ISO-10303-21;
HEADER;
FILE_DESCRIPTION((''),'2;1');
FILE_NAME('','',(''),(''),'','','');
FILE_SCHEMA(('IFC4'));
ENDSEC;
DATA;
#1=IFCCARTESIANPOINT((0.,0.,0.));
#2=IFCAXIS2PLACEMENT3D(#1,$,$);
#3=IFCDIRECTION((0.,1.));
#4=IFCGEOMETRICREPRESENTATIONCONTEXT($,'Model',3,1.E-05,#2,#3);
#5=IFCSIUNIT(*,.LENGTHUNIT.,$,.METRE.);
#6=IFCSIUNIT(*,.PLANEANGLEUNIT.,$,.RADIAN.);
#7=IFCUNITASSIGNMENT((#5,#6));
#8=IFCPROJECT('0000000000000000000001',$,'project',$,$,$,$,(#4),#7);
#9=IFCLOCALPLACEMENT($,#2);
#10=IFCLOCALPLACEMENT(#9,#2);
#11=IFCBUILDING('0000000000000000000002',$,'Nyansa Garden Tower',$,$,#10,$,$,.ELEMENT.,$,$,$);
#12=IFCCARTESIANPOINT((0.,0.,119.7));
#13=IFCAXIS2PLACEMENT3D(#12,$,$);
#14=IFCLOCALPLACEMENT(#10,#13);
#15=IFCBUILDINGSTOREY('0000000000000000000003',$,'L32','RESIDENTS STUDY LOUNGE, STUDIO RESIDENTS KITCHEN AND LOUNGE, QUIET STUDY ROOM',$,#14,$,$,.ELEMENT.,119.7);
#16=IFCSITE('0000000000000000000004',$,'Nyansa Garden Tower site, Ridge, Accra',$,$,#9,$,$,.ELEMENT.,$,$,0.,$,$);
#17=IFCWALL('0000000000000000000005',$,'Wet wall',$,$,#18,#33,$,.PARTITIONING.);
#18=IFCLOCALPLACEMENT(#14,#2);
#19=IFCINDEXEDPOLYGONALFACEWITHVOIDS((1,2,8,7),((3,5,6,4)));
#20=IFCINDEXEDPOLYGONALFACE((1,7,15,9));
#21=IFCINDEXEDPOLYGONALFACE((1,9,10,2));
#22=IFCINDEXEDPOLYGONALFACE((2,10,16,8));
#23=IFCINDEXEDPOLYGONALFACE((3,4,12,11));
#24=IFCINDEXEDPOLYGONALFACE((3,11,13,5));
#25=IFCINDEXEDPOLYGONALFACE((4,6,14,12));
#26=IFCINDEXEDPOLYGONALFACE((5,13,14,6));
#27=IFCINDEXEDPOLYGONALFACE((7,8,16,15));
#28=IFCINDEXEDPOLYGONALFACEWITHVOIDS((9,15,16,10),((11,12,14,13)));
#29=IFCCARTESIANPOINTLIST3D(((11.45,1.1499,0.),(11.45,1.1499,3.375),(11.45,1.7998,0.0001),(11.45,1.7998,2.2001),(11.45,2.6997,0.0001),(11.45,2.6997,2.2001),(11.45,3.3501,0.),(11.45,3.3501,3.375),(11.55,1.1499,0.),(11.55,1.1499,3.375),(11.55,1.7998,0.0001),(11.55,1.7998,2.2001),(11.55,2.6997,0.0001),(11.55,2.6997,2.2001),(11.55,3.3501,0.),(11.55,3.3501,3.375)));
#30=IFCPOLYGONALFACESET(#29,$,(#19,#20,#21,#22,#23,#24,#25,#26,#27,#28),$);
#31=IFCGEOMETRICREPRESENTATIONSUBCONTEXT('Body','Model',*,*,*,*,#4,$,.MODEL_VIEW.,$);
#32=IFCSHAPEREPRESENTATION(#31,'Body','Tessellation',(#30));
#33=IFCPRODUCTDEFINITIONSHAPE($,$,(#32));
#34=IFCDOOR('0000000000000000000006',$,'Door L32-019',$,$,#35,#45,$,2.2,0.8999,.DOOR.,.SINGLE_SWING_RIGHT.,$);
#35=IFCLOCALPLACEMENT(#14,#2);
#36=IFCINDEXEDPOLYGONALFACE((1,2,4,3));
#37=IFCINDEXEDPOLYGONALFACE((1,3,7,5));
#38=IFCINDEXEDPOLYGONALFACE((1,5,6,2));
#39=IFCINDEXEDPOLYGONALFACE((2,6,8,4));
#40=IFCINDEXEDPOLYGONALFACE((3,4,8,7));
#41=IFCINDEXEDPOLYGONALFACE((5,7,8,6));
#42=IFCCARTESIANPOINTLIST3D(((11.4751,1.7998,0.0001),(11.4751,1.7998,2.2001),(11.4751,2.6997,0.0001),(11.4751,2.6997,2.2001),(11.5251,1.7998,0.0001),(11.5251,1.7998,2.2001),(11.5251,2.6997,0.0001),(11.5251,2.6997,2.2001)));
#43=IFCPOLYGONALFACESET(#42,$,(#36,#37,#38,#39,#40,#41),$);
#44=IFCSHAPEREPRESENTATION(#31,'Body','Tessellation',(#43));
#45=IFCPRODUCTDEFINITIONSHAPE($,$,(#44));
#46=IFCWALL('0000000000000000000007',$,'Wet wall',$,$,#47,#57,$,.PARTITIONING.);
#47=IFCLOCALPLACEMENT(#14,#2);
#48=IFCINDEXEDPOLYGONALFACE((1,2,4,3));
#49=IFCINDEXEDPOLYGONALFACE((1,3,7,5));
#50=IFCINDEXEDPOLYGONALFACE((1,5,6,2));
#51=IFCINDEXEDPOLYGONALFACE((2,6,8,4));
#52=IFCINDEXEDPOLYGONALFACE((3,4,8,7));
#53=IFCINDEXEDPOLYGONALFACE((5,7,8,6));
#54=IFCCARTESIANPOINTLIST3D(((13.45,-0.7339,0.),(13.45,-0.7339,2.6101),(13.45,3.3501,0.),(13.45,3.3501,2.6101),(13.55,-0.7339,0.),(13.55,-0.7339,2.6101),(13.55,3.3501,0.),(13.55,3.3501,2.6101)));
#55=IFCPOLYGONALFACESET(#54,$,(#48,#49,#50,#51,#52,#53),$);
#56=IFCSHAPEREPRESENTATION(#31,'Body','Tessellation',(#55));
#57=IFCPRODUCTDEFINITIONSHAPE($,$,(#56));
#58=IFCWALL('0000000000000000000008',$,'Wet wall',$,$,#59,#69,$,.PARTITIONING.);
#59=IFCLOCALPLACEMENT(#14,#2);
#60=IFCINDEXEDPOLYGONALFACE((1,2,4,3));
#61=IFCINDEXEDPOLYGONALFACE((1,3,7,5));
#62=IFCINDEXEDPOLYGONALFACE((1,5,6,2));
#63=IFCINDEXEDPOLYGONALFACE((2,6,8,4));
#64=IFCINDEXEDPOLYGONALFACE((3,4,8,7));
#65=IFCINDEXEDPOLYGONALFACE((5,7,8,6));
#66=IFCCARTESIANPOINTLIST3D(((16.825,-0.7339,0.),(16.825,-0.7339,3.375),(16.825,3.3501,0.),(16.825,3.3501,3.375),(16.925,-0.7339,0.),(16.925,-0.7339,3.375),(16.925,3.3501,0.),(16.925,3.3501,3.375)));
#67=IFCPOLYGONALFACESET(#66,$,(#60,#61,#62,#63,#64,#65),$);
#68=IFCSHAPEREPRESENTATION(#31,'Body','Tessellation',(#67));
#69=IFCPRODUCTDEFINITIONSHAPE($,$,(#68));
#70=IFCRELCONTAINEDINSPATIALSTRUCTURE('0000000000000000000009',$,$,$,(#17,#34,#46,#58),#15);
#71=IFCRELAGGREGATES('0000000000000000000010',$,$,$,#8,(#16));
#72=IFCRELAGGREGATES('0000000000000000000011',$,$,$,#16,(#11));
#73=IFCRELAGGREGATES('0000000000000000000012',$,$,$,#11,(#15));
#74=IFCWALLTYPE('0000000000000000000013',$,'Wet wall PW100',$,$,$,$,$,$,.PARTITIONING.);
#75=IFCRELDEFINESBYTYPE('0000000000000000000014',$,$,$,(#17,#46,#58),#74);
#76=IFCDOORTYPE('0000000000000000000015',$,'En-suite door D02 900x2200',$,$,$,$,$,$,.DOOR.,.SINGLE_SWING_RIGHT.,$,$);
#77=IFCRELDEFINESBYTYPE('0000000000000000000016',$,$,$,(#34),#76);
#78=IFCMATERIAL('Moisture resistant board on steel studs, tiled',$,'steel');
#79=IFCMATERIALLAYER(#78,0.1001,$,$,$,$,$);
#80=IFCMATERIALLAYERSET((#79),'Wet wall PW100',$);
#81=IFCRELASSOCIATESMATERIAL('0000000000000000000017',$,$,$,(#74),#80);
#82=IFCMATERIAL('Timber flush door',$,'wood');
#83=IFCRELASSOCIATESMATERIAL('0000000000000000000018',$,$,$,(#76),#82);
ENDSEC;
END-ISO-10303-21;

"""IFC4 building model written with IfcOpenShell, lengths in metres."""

from ifc_helpers import new_model, si_unit, direction, frame, frame_2d, origin, place, context, subcontext, project, spatial, rectangle, extrude, material, layer, layer_set, type_object, element, fill, save


model = new_model("IFC4")

# Units and contexts
model_context = context("Model", 3, precision=1e-05, world=origin(), true_north=direction((0.0, 1.0)))
body_context = subcontext(model_context, "Body", "Model", "MODEL_VIEW")
ifc_project = project(units=[si_unit("LENGTHUNIT", "METRE"), si_unit("PLANEANGLEUNIT", "RADIAN")], contexts=[model_context])

# Site, building, storey
site_placement = place(None, origin())
site = spatial("IfcSite", under=ifc_project, at=site_placement, Name="Nyansa Garden Tower site, Ridge, Accra", CompositionType="ELEMENT", RefElevation=0.0)
building_placement = place(site_placement, origin())
building = spatial("IfcBuilding", under=site, at=building_placement, Name="Nyansa Garden Tower", CompositionType="ELEMENT")
storey_placement = place(building_placement, frame((0.0, 0.0, 119.7)))
storey = spatial("IfcBuildingStorey", under=building, at=storey_placement, Name="L32", Description="RESIDENTS STUDY LOUNGE, STUDIO RESIDENTS KITCHEN AND LOUNGE, QUIET STUDY ROOM", CompositionType="ELEMENT", Elevation=119.7)

# Wall, opening, door
ifc_material_1 = material(Name="Moisture resistant board on steel studs, tiled", Category="steel")
ifc_layer_1 = layer(ifc_material_1, 0.1001)
ifc_layer_set_1 = layer_set([ifc_layer_1], Name="Wet wall PW100")
wall_type_1 = type_object("IfcWallType", Name="Wet wall PW100", PredefinedType="PARTITIONING", material=ifc_layer_set_1)
wall_1_placement = place(storey_placement, frame((11.5, 1.1499, 0.0), z_axis=(0.0, 0.0, 1.0), x_axis=(0.0, 1.0, 0.0)))
wall_1 = element("IfcWall", 1, at=wall_1_placement, inside=storey, type_object=wall_type_1, Name="Wet wall", PredefinedType="PARTITIONING", context=body_context, shape_type="SweptSolid", body=[
    extrude(rectangle(XDim=2.2002, YDim=0.1001, at=frame_2d((1.1001, 0.0))), origin(), (0.0, 0.0, 1.0), 3.375),
])
opening_placement = place(wall_1_placement, frame((0.6499, 0.0, 0.0)))
opening = element("IfcOpeningElement", 2, at=opening_placement, cuts=wall_1, PredefinedType="OPENING", context=body_context, shape_type="SweptSolid", body=[
    extrude(rectangle(XDim=0.8999, YDim=2.2, at=frame_2d((0.45, 1.1001))), frame((0.0, 0.0601, 0.0), z_axis=(0.0, -1.0, 0.0), x_axis=(1.0, 0.0, 0.0)), (0.0, 0.0, 1.0), 0.1201),
])
ifc_material_2 = material(Name="Timber flush door", Category="wood")
door_type = type_object("IfcDoorType", Name="En-suite door D02 900x2200", OperationType="SINGLE_SWING_RIGHT", PredefinedType="DOOR", material=ifc_material_2)
door_placement = place(opening_placement, origin())
door = element("IfcDoor", 3, at=door_placement, inside=storey, type_object=door_type, Name="Door L32-019", OperationType="SINGLE_SWING_RIGHT", OverallHeight=2.2, OverallWidth=0.8999, PredefinedType="DOOR", context=body_context, shape_type="SweptSolid", body=[
    extrude(rectangle(XDim=0.8999, YDim=2.2, at=frame_2d((0.45, 1.1001))), frame((0.0, 0.0249, 0.0), z_axis=(0.0, -1.0, 0.0), x_axis=(1.0, 0.0, 0.0)), (0.0, 0.0, 1.0), 0.05),
])
fill(opening, door)

# Walls
wall_2_placement = place(storey_placement, frame((13.5, -0.7339, 0.0), z_axis=(0.0, 0.0, 1.0), x_axis=(0.0, 1.0, 0.0)))
element("IfcWall", 4, at=wall_2_placement, inside=storey, type_object=wall_type_1, Name="Wet wall", PredefinedType="PARTITIONING", context=body_context, shape_type="SweptSolid", body=[
    extrude(rectangle(XDim=4.084, YDim=0.1001, at=frame_2d((2.042, 0.0))), origin(), (0.0, 0.0, 1.0), 2.6101),
])
wall_3_placement = place(storey_placement, frame((16.875, -0.7339, 0.0), z_axis=(0.0, 0.0, 1.0), x_axis=(0.0, 1.0, 0.0)))
element("IfcWall", 5, at=wall_3_placement, inside=storey, type_object=wall_type_1, Name="Wet wall", PredefinedType="PARTITIONING", context=body_context, shape_type="SweptSolid", body=[
    extrude(rectangle(XDim=4.084, YDim=0.1001, at=frame_2d((2.042, 0.0))), origin(), (0.0, 0.0, 1.0), 3.375),
])

save(model, "model.ifc")
